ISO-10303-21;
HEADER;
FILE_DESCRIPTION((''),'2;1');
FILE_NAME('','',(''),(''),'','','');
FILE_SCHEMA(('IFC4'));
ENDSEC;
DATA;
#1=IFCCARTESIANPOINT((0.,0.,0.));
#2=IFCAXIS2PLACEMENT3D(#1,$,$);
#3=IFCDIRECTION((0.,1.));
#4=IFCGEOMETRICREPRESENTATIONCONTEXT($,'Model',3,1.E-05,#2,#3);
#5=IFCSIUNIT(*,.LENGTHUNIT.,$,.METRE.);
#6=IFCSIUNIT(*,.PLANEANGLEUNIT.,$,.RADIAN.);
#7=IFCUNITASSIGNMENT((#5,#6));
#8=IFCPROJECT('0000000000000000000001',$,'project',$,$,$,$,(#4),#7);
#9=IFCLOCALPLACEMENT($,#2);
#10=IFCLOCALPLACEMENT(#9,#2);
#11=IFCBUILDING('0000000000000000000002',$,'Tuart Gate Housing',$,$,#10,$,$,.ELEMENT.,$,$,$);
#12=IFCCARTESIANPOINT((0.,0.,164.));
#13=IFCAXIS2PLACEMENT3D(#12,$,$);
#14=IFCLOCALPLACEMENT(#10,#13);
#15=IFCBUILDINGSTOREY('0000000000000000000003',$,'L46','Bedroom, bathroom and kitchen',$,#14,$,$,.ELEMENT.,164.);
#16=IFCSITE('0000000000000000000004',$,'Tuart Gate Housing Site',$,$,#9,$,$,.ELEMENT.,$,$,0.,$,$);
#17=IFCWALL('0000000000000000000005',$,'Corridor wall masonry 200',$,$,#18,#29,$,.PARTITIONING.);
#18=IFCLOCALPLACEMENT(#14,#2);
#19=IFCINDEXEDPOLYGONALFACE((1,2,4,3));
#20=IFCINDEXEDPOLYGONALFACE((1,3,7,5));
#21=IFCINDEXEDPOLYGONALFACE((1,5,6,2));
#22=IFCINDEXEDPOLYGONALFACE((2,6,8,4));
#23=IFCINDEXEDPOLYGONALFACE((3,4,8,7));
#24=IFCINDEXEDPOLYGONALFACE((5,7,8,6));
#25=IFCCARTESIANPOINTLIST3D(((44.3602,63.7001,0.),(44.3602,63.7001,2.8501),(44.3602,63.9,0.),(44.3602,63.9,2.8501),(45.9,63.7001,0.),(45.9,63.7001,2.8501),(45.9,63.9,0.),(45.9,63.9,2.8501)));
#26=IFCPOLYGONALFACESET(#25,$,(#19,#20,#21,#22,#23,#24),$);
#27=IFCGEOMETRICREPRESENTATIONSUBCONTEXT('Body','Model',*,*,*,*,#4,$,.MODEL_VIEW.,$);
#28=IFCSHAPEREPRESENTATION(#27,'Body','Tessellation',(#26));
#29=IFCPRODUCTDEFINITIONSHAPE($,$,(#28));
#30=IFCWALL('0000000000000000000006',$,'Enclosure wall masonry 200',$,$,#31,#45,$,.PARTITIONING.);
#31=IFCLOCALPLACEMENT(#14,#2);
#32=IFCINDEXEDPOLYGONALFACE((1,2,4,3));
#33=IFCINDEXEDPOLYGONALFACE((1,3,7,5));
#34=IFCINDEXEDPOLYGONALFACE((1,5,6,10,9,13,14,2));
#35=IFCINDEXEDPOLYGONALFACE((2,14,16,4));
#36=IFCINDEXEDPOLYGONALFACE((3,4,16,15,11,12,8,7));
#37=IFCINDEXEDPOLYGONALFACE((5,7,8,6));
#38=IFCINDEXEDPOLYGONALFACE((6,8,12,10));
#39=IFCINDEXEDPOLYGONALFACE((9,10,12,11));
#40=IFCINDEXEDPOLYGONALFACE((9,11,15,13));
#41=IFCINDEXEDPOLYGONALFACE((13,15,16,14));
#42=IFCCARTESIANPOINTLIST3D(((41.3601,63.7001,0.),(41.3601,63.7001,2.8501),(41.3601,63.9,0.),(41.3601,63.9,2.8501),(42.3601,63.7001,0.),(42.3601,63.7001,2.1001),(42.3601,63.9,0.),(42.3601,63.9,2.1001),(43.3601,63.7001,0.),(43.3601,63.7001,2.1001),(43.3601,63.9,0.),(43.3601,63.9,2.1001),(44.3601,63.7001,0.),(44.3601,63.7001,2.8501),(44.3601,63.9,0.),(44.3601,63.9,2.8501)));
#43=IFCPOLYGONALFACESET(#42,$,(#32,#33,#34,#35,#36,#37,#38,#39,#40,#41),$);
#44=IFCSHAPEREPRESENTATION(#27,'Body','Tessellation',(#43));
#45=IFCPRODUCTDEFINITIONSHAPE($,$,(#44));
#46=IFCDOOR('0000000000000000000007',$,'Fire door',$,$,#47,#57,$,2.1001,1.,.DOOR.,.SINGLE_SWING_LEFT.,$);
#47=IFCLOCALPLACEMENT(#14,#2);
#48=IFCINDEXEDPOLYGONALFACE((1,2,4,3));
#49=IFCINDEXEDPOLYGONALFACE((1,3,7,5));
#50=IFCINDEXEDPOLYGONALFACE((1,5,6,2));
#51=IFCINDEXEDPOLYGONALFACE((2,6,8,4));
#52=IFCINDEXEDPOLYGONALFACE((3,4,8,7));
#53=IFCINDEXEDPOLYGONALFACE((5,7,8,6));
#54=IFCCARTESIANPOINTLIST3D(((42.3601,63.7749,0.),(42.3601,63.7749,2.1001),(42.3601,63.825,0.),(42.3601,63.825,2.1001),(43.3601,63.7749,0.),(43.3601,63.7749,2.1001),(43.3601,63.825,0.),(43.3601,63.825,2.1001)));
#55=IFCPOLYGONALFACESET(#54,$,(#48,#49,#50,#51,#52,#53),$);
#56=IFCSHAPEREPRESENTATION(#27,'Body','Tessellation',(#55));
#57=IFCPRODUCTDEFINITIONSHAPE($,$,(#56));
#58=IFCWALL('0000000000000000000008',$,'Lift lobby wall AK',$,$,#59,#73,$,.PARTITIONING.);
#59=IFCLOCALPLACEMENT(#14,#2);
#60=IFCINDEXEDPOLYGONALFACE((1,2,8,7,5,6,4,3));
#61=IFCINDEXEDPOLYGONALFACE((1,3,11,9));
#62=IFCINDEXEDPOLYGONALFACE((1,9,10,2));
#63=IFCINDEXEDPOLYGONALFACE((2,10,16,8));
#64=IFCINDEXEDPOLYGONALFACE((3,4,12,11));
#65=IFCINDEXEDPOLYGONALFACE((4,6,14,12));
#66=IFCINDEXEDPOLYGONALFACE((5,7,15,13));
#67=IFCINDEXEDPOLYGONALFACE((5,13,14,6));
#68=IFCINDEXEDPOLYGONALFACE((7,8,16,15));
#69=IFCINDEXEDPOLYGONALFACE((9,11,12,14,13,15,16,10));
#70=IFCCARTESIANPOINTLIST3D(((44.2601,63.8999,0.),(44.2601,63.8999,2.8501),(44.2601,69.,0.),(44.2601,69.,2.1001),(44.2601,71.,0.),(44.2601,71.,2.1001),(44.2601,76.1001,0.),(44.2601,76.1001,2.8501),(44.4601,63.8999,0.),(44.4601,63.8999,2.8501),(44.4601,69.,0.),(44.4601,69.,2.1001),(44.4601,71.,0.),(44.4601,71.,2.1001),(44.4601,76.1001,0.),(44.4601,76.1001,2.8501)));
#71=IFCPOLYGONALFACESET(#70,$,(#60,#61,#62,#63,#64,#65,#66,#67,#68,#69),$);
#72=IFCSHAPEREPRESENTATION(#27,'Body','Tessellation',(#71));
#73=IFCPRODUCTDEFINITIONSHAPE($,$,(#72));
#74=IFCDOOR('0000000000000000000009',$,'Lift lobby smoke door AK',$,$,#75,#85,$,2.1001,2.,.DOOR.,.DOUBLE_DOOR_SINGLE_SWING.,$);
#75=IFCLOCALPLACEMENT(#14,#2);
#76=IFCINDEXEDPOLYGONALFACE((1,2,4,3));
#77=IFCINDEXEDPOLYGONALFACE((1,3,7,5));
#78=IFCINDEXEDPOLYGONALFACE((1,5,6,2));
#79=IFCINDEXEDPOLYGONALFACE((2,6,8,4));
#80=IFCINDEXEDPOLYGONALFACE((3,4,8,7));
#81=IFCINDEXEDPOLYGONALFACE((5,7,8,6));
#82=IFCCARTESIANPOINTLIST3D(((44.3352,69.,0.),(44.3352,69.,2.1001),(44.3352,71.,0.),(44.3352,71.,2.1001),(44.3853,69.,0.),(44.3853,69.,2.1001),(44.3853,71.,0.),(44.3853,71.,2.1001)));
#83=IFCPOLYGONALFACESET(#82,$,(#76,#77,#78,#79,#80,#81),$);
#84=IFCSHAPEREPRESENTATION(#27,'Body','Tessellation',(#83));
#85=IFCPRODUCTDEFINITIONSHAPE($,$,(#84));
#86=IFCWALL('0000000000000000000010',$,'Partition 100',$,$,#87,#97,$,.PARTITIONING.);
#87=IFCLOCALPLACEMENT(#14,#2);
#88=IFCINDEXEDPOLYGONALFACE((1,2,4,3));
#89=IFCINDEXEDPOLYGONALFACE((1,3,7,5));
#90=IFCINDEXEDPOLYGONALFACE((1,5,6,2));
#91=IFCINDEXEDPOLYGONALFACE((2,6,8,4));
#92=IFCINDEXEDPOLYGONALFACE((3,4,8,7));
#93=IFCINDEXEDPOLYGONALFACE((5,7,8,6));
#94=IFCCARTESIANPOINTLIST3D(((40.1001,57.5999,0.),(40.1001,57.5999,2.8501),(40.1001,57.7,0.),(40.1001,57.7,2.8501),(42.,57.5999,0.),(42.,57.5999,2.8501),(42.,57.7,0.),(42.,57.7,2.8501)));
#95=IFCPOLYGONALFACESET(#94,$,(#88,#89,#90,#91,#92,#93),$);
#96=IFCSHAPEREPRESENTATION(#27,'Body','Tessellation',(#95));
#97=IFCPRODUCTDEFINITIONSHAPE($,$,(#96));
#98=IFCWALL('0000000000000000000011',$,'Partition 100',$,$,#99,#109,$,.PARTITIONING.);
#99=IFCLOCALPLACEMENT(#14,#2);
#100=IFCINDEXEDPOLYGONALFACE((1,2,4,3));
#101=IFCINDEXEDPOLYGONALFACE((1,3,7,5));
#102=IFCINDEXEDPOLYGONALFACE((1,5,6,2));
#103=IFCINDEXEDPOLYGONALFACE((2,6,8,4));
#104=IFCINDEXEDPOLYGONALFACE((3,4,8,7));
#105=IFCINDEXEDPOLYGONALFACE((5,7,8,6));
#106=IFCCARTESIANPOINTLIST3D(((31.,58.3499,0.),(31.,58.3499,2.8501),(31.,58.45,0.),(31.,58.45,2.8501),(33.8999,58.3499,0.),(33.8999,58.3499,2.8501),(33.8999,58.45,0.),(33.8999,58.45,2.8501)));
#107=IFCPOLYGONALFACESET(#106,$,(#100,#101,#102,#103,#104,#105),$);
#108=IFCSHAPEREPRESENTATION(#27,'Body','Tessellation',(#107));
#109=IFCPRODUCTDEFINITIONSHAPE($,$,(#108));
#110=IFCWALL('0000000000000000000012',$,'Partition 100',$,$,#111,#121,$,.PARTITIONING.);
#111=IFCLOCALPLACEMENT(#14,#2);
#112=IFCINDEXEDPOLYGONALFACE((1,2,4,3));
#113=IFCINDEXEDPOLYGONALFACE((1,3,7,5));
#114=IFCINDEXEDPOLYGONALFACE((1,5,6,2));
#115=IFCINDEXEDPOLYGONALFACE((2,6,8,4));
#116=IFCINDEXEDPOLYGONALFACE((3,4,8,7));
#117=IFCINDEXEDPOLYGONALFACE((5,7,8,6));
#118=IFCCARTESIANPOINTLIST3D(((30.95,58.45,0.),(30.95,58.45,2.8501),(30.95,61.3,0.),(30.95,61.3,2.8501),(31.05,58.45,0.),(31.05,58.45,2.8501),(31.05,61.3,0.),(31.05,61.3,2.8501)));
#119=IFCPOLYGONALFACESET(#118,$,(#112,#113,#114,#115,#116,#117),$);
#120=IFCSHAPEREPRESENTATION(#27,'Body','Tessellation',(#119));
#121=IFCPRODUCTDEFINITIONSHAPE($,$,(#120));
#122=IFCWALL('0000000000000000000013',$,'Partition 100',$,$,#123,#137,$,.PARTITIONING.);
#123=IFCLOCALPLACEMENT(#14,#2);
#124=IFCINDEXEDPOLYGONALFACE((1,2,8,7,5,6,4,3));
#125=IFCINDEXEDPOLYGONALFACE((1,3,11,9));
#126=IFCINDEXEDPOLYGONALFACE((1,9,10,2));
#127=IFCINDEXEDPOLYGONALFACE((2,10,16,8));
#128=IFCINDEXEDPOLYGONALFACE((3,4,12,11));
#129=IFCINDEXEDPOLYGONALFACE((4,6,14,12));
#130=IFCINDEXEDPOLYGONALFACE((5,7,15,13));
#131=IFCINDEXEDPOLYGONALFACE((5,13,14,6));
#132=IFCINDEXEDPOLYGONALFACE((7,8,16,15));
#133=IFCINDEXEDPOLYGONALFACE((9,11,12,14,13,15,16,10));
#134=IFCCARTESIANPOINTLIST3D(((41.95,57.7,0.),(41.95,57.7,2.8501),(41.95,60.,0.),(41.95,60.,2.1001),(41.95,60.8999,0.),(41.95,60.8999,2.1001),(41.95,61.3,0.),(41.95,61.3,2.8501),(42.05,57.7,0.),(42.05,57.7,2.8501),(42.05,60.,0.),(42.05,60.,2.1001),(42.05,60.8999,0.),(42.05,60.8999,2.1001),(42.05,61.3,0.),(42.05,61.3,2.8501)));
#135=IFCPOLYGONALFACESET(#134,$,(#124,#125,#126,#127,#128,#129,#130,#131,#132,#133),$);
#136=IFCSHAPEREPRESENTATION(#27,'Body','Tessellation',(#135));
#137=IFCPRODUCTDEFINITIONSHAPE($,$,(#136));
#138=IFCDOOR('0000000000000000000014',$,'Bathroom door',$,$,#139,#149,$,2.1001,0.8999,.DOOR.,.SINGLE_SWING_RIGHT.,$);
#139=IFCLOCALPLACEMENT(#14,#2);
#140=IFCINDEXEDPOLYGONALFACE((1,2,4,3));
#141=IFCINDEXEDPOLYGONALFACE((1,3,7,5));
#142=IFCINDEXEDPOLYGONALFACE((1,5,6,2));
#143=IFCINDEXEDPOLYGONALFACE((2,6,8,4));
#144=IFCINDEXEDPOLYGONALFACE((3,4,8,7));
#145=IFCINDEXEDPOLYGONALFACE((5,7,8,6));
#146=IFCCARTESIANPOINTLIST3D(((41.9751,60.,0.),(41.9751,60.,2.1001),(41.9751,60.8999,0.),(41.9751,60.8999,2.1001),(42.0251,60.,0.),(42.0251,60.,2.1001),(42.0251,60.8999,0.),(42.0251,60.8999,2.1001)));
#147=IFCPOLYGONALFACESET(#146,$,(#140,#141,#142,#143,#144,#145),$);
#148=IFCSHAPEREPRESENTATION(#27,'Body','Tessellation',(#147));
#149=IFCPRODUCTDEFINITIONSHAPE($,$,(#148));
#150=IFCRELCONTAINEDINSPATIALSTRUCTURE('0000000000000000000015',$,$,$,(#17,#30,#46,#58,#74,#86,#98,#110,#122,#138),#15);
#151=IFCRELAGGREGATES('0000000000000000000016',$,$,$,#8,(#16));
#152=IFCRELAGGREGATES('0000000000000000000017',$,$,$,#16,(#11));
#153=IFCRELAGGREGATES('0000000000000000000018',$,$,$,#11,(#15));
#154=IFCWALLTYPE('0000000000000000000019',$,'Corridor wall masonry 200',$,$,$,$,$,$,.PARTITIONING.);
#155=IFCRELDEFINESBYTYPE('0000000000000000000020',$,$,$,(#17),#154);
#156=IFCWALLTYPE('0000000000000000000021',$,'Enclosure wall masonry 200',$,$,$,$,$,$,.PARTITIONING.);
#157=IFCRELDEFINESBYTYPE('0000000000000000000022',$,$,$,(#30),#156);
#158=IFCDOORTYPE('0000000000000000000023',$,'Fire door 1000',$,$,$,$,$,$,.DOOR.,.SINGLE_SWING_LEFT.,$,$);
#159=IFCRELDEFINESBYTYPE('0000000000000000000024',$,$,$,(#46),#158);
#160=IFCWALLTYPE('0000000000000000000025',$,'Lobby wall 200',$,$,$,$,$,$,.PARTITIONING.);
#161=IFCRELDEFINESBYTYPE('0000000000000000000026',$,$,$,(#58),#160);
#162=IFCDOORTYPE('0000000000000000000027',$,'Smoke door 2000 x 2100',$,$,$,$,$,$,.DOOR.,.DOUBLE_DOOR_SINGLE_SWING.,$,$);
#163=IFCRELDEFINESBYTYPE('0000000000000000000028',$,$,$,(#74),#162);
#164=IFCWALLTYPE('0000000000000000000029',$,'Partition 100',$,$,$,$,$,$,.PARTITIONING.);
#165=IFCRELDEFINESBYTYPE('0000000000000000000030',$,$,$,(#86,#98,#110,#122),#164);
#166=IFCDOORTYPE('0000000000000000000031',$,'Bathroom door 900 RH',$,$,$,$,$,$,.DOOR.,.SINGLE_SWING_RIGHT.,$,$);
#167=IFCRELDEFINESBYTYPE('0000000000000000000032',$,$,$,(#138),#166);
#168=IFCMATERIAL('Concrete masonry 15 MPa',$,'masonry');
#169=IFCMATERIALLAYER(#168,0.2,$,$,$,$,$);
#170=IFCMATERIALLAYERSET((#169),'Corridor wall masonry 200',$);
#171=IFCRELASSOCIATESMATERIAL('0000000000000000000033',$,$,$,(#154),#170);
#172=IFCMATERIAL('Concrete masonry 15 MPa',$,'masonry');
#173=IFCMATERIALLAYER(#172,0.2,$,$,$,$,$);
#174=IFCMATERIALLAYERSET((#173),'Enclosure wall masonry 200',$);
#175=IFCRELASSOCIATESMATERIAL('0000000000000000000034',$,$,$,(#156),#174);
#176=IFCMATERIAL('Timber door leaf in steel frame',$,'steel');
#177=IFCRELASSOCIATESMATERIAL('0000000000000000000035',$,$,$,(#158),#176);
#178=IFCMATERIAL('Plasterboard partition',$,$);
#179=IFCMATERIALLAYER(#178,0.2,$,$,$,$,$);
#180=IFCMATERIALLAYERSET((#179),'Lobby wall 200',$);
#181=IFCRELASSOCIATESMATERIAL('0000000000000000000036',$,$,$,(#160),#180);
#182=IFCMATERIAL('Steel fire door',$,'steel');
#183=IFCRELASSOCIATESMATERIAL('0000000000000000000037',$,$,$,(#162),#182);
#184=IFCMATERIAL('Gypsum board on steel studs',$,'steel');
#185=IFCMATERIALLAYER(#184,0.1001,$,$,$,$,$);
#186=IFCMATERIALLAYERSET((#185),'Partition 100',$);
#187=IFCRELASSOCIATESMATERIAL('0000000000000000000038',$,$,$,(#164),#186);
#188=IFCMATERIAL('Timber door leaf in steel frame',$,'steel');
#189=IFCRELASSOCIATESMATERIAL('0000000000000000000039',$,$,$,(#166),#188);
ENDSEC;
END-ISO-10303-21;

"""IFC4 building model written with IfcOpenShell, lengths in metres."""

from ifc_helpers import new_model, si_unit, direction, frame, frame_2d, origin, place, context, subcontext, project, spatial, rectangle, extrude, material, layer, layer_set, type_object, element, fill, save


model = new_model("IFC4")

# Units and contexts
model_context = context("Model", 3, precision=1e-05, world=origin(), true_north=direction((0.0, 1.0)))
body_context = subcontext(model_context, "Body", "Model", "MODEL_VIEW")
ifc_project = project(units=[si_unit("LENGTHUNIT", "METRE"), si_unit("PLANEANGLEUNIT", "RADIAN")], contexts=[model_context])

# Site, building, storey
site_placement = place(None, origin())
site = spatial("IfcSite", under=ifc_project, at=site_placement, Name="Tuart Gate Housing Site", CompositionType="ELEMENT", RefElevation=0.0)
building_placement = place(site_placement, origin())
building = spatial("IfcBuilding", under=site, at=building_placement, Name="Tuart Gate Housing", CompositionType="ELEMENT")
storey_placement = place(building_placement, frame((0.0, 0.0, 164.0)))
storey = spatial("IfcBuildingStorey", under=building, at=storey_placement, Name="L46", Description="Bedroom, bathroom and kitchen", CompositionType="ELEMENT", Elevation=164.0)

# Shared definitions
ifc_material_1 = material(Name="Concrete masonry 15 MPa", Category="masonry")
ifc_layer_1 = layer(ifc_material_1, 0.2)
ifc_layer_set_1 = layer_set([ifc_layer_1], Name="Corridor wall masonry 200")
wall_type_1 = type_object("IfcWallType", Name="Corridor wall masonry 200", PredefinedType="PARTITIONING", material=ifc_layer_set_1)

# Wall
wall_1_placement = place(storey_placement, frame((44.3601, 63.8, 0.0), z_axis=(0.0, 0.0, 1.0), x_axis=(1.0, 0.0, 0.0)))
element("IfcWall", 1, at=wall_1_placement, inside=storey, type_object=wall_type_1, Name="Corridor wall masonry 200", PredefinedType="PARTITIONING", context=body_context, shape_type="SweptSolid", body=[
    extrude(rectangle(XDim=1.5398, YDim=0.2, at=frame_2d((0.77, 0.0))), origin(), (0.0, 0.0, 1.0), 2.8501),
])

# Walls, openings, doors
ifc_material_2 = material(Name="Concrete masonry 15 MPa", Category="masonry")
ifc_layer_2 = layer(ifc_material_2, 0.2)
ifc_layer_set_2 = layer_set([ifc_layer_2], Name="Enclosure wall masonry 200")
wall_type_2 = type_object("IfcWallType", Name="Enclosure wall masonry 200", PredefinedType="PARTITIONING", material=ifc_layer_set_2)
wall_2_placement = place(storey_placement, frame((41.3601, 63.8, 0.0), z_axis=(0.0, 0.0, 1.0), x_axis=(1.0, 0.0, 0.0)))
wall_2 = element("IfcWall", 2, at=wall_2_placement, inside=storey, type_object=wall_type_2, Name="Enclosure wall masonry 200", PredefinedType="PARTITIONING", context=body_context, shape_type="SweptSolid", body=[
    extrude(rectangle(XDim=3.0, YDim=0.2, at=frame_2d((1.5, 0.0))), origin(), (0.0, 0.0, 1.0), 2.8501),
])
opening_1_placement = place(wall_2_placement, frame((1.0, 0.0, 0.0)))
opening_1 = element("IfcOpeningElement", 3, at=opening_1_placement, cuts=wall_2, PredefinedType="OPENING", context=body_context, shape_type="SweptSolid", body=[
    extrude(rectangle(XDim=1.0, YDim=2.1001, at=frame_2d((0.5, 1.05))), frame((0.0, 0.1099, 0.0), z_axis=(0.0, -1.0, 0.0), x_axis=(1.0, 0.0, 0.0)), (0.0, 0.0, 1.0), 0.22),
])
ifc_material_3 = material(Name="Timber door leaf in steel frame", Category="steel")
door_type_1 = type_object("IfcDoorType", Name="Fire door 1000", OperationType="SINGLE_SWING_LEFT", PredefinedType="DOOR", material=ifc_material_3)
door_1_placement = place(opening_1_placement, frame((1.0, 0.0, 0.0), z_axis=(0.0, 0.0, 1.0), x_axis=(-1.0, 0.0, 0.0)))
door_1 = element("IfcDoor", 4, at=door_1_placement, inside=storey, type_object=door_type_1, Name="Fire door", OperationType="SINGLE_SWING_LEFT", OverallHeight=2.1001, OverallWidth=1.0, PredefinedType="DOOR", context=body_context, shape_type="SweptSolid", body=[
    extrude(rectangle(XDim=1.0, YDim=2.1001, at=frame_2d((0.5, 1.05))), frame((0.0, 0.0251, 0.0), z_axis=(0.0, -1.0, 0.0), x_axis=(1.0, 0.0, 0.0)), (0.0, 0.0, 1.0), 0.05),
])
fill(opening_1, door_1)
ifc_material_4 = material(Name="Plasterboard partition")
ifc_layer_3 = layer(ifc_material_4, 0.2)
ifc_layer_set_3 = layer_set([ifc_layer_3], Name="Lobby wall 200")
wall_type_3 = type_object("IfcWallType", Name="Lobby wall 200", PredefinedType="PARTITIONING", material=ifc_layer_set_3)
wall_3_placement = place(storey_placement, frame((44.3601, 63.8999, 0.0), z_axis=(0.0, 0.0, 1.0), x_axis=(0.0, 1.0, 0.0)))
wall_3 = element("IfcWall", 5, at=wall_3_placement, inside=storey, type_object=wall_type_3, Name="Lift lobby wall AK", PredefinedType="PARTITIONING", context=body_context, shape_type="SweptSolid", body=[
    extrude(rectangle(XDim=12.2002, YDim=0.2, at=frame_2d((6.1001, 0.0))), origin(), (0.0, 0.0, 1.0), 2.8501),
])
opening_2_placement = place(wall_3_placement, frame((5.1001, 0.0, 0.0)))
opening_2 = element("IfcOpeningElement", 6, at=opening_2_placement, cuts=wall_3, PredefinedType="OPENING", context=body_context, shape_type="SweptSolid", body=[
    extrude(rectangle(XDim=2.0, YDim=2.1001, at=frame_2d((1.0, 1.05))), frame((0.0, 0.1099, 0.0), z_axis=(0.0, -1.0, 0.0), x_axis=(1.0, 0.0, 0.0)), (0.0, 0.0, 1.0), 0.22),
])
ifc_material_5 = material(Name="Steel fire door", Category="steel")
door_type_2 = type_object("IfcDoorType", Name="Smoke door 2000 x 2100", OperationType="DOUBLE_DOOR_SINGLE_SWING", PredefinedType="DOOR", material=ifc_material_5)
door_2_placement = place(opening_2_placement, origin())
door_2 = element("IfcDoor", 7, at=door_2_placement, inside=storey, type_object=door_type_2, Name="Lift lobby smoke door AK", OperationType="DOUBLE_DOOR_SINGLE_SWING", OverallHeight=2.1001, OverallWidth=2.0, PredefinedType="DOOR", context=body_context, shape_type="SweptSolid", body=[
    extrude(rectangle(XDim=2.0, YDim=2.1001, at=frame_2d((1.0, 1.05))), frame((0.0, 0.0249, 0.0), z_axis=(0.0, -1.0, 0.0), x_axis=(1.0, 0.0, 0.0)), (0.0, 0.0, 1.0), 0.05),
])
fill(opening_2, door_2)

# Walls
ifc_material_6 = material(Name="Gypsum board on steel studs", Category="steel")
ifc_layer_4 = layer(ifc_material_6, 0.1001)
ifc_layer_set_4 = layer_set([ifc_layer_4], Name="Partition 100")
wall_type_4 = type_object("IfcWallType", Name="Partition 100", PredefinedType="PARTITIONING", material=ifc_layer_set_4)
wall_4_placement = place(storey_placement, frame((40.1001, 57.6499, 0.0), z_axis=(0.0, 0.0, 1.0), x_axis=(1.0, 0.0, 0.0)))
element("IfcWall", 8, at=wall_4_placement, inside=storey, type_object=wall_type_4, Name="Partition 100", PredefinedType="PARTITIONING", context=body_context, shape_type="SweptSolid", body=[
    extrude(rectangle(XDim=1.8999, YDim=0.1001, at=frame_2d((0.95, 0.0))), origin(), (0.0, 0.0, 1.0), 2.8501),
])
wall_5_placement = place(storey_placement, frame((31.0, 58.3999, 0.0), z_axis=(0.0, 0.0, 1.0), x_axis=(1.0, 0.0, 0.0)))
element("IfcWall", 9, at=wall_5_placement, inside=storey, type_object=wall_type_4, Name="Partition 100", PredefinedType="PARTITIONING", context=body_context, shape_type="SweptSolid", body=[
    extrude(rectangle(XDim=2.8999, YDim=0.1001, at=frame_2d((1.45, 0.0))), origin(), (0.0, 0.0, 1.0), 2.8501),
])
wall_6_placement = place(storey_placement, frame((31.0, 58.45, 0.0), z_axis=(0.0, 0.0, 1.0), x_axis=(0.0, 1.0, 0.0)))
element("IfcWall", 10, at=wall_6_placement, inside=storey, type_object=wall_type_4, Name="Partition 100", PredefinedType="PARTITIONING", context=body_context, shape_type="SweptSolid", body=[
    extrude(rectangle(XDim=2.8501, YDim=0.1001, at=frame_2d((1.425, 0.0))), origin(), (0.0, 0.0, 1.0), 2.8501),
])

# Wall, opening, door
wall_7_placement = place(storey_placement, frame((42.0, 57.7, 0.0), z_axis=(0.0, 0.0, 1.0), x_axis=(0.0, 1.0, 0.0)))
wall_7 = element("IfcWall", 11, at=wall_7_placement, inside=storey, type_object=wall_type_4, Name="Partition 100", PredefinedType="PARTITIONING", context=body_context, shape_type="SweptSolid", body=[
    extrude(rectangle(XDim=3.6001, YDim=0.1001, at=frame_2d((1.8, 0.0))), origin(), (0.0, 0.0, 1.0), 2.8501),
])
opening_3_placement = place(wall_7_placement, frame((2.3, 0.0, 0.0)))
opening_3 = element("IfcOpeningElement", 12, at=opening_3_placement, cuts=wall_7, PredefinedType="OPENING", context=body_context, shape_type="SweptSolid", body=[
    extrude(rectangle(XDim=0.8999, YDim=2.1001, at=frame_2d((0.45, 1.05))), frame((0.0, 0.0601, 0.0), z_axis=(0.0, -1.0, 0.0), x_axis=(1.0, 0.0, 0.0)), (0.0, 0.0, 1.0), 0.1201),
])
ifc_material_7 = material(Name="Timber door leaf in steel frame", Category="steel")
door_type_3 = type_object("IfcDoorType", Name="Bathroom door 900 RH", OperationType="SINGLE_SWING_RIGHT", PredefinedType="DOOR", material=ifc_material_7)
door_3_placement = place(opening_3_placement, origin())
door_3 = element("IfcDoor", 13, at=door_3_placement, inside=storey, type_object=door_type_3, Name="Bathroom door", OperationType="SINGLE_SWING_RIGHT", OverallHeight=2.1001, OverallWidth=0.8999, PredefinedType="DOOR", context=body_context, shape_type="SweptSolid", body=[
    extrude(rectangle(XDim=0.8999, YDim=2.1001, at=frame_2d((0.45, 1.05))), frame((0.0, 0.0249, 0.0), z_axis=(0.0, -1.0, 0.0), x_axis=(1.0, 0.0, 0.0)), (0.0, 0.0, 1.0), 0.05),
])
fill(opening_3, door_3)

save(model, "model.ifc")
